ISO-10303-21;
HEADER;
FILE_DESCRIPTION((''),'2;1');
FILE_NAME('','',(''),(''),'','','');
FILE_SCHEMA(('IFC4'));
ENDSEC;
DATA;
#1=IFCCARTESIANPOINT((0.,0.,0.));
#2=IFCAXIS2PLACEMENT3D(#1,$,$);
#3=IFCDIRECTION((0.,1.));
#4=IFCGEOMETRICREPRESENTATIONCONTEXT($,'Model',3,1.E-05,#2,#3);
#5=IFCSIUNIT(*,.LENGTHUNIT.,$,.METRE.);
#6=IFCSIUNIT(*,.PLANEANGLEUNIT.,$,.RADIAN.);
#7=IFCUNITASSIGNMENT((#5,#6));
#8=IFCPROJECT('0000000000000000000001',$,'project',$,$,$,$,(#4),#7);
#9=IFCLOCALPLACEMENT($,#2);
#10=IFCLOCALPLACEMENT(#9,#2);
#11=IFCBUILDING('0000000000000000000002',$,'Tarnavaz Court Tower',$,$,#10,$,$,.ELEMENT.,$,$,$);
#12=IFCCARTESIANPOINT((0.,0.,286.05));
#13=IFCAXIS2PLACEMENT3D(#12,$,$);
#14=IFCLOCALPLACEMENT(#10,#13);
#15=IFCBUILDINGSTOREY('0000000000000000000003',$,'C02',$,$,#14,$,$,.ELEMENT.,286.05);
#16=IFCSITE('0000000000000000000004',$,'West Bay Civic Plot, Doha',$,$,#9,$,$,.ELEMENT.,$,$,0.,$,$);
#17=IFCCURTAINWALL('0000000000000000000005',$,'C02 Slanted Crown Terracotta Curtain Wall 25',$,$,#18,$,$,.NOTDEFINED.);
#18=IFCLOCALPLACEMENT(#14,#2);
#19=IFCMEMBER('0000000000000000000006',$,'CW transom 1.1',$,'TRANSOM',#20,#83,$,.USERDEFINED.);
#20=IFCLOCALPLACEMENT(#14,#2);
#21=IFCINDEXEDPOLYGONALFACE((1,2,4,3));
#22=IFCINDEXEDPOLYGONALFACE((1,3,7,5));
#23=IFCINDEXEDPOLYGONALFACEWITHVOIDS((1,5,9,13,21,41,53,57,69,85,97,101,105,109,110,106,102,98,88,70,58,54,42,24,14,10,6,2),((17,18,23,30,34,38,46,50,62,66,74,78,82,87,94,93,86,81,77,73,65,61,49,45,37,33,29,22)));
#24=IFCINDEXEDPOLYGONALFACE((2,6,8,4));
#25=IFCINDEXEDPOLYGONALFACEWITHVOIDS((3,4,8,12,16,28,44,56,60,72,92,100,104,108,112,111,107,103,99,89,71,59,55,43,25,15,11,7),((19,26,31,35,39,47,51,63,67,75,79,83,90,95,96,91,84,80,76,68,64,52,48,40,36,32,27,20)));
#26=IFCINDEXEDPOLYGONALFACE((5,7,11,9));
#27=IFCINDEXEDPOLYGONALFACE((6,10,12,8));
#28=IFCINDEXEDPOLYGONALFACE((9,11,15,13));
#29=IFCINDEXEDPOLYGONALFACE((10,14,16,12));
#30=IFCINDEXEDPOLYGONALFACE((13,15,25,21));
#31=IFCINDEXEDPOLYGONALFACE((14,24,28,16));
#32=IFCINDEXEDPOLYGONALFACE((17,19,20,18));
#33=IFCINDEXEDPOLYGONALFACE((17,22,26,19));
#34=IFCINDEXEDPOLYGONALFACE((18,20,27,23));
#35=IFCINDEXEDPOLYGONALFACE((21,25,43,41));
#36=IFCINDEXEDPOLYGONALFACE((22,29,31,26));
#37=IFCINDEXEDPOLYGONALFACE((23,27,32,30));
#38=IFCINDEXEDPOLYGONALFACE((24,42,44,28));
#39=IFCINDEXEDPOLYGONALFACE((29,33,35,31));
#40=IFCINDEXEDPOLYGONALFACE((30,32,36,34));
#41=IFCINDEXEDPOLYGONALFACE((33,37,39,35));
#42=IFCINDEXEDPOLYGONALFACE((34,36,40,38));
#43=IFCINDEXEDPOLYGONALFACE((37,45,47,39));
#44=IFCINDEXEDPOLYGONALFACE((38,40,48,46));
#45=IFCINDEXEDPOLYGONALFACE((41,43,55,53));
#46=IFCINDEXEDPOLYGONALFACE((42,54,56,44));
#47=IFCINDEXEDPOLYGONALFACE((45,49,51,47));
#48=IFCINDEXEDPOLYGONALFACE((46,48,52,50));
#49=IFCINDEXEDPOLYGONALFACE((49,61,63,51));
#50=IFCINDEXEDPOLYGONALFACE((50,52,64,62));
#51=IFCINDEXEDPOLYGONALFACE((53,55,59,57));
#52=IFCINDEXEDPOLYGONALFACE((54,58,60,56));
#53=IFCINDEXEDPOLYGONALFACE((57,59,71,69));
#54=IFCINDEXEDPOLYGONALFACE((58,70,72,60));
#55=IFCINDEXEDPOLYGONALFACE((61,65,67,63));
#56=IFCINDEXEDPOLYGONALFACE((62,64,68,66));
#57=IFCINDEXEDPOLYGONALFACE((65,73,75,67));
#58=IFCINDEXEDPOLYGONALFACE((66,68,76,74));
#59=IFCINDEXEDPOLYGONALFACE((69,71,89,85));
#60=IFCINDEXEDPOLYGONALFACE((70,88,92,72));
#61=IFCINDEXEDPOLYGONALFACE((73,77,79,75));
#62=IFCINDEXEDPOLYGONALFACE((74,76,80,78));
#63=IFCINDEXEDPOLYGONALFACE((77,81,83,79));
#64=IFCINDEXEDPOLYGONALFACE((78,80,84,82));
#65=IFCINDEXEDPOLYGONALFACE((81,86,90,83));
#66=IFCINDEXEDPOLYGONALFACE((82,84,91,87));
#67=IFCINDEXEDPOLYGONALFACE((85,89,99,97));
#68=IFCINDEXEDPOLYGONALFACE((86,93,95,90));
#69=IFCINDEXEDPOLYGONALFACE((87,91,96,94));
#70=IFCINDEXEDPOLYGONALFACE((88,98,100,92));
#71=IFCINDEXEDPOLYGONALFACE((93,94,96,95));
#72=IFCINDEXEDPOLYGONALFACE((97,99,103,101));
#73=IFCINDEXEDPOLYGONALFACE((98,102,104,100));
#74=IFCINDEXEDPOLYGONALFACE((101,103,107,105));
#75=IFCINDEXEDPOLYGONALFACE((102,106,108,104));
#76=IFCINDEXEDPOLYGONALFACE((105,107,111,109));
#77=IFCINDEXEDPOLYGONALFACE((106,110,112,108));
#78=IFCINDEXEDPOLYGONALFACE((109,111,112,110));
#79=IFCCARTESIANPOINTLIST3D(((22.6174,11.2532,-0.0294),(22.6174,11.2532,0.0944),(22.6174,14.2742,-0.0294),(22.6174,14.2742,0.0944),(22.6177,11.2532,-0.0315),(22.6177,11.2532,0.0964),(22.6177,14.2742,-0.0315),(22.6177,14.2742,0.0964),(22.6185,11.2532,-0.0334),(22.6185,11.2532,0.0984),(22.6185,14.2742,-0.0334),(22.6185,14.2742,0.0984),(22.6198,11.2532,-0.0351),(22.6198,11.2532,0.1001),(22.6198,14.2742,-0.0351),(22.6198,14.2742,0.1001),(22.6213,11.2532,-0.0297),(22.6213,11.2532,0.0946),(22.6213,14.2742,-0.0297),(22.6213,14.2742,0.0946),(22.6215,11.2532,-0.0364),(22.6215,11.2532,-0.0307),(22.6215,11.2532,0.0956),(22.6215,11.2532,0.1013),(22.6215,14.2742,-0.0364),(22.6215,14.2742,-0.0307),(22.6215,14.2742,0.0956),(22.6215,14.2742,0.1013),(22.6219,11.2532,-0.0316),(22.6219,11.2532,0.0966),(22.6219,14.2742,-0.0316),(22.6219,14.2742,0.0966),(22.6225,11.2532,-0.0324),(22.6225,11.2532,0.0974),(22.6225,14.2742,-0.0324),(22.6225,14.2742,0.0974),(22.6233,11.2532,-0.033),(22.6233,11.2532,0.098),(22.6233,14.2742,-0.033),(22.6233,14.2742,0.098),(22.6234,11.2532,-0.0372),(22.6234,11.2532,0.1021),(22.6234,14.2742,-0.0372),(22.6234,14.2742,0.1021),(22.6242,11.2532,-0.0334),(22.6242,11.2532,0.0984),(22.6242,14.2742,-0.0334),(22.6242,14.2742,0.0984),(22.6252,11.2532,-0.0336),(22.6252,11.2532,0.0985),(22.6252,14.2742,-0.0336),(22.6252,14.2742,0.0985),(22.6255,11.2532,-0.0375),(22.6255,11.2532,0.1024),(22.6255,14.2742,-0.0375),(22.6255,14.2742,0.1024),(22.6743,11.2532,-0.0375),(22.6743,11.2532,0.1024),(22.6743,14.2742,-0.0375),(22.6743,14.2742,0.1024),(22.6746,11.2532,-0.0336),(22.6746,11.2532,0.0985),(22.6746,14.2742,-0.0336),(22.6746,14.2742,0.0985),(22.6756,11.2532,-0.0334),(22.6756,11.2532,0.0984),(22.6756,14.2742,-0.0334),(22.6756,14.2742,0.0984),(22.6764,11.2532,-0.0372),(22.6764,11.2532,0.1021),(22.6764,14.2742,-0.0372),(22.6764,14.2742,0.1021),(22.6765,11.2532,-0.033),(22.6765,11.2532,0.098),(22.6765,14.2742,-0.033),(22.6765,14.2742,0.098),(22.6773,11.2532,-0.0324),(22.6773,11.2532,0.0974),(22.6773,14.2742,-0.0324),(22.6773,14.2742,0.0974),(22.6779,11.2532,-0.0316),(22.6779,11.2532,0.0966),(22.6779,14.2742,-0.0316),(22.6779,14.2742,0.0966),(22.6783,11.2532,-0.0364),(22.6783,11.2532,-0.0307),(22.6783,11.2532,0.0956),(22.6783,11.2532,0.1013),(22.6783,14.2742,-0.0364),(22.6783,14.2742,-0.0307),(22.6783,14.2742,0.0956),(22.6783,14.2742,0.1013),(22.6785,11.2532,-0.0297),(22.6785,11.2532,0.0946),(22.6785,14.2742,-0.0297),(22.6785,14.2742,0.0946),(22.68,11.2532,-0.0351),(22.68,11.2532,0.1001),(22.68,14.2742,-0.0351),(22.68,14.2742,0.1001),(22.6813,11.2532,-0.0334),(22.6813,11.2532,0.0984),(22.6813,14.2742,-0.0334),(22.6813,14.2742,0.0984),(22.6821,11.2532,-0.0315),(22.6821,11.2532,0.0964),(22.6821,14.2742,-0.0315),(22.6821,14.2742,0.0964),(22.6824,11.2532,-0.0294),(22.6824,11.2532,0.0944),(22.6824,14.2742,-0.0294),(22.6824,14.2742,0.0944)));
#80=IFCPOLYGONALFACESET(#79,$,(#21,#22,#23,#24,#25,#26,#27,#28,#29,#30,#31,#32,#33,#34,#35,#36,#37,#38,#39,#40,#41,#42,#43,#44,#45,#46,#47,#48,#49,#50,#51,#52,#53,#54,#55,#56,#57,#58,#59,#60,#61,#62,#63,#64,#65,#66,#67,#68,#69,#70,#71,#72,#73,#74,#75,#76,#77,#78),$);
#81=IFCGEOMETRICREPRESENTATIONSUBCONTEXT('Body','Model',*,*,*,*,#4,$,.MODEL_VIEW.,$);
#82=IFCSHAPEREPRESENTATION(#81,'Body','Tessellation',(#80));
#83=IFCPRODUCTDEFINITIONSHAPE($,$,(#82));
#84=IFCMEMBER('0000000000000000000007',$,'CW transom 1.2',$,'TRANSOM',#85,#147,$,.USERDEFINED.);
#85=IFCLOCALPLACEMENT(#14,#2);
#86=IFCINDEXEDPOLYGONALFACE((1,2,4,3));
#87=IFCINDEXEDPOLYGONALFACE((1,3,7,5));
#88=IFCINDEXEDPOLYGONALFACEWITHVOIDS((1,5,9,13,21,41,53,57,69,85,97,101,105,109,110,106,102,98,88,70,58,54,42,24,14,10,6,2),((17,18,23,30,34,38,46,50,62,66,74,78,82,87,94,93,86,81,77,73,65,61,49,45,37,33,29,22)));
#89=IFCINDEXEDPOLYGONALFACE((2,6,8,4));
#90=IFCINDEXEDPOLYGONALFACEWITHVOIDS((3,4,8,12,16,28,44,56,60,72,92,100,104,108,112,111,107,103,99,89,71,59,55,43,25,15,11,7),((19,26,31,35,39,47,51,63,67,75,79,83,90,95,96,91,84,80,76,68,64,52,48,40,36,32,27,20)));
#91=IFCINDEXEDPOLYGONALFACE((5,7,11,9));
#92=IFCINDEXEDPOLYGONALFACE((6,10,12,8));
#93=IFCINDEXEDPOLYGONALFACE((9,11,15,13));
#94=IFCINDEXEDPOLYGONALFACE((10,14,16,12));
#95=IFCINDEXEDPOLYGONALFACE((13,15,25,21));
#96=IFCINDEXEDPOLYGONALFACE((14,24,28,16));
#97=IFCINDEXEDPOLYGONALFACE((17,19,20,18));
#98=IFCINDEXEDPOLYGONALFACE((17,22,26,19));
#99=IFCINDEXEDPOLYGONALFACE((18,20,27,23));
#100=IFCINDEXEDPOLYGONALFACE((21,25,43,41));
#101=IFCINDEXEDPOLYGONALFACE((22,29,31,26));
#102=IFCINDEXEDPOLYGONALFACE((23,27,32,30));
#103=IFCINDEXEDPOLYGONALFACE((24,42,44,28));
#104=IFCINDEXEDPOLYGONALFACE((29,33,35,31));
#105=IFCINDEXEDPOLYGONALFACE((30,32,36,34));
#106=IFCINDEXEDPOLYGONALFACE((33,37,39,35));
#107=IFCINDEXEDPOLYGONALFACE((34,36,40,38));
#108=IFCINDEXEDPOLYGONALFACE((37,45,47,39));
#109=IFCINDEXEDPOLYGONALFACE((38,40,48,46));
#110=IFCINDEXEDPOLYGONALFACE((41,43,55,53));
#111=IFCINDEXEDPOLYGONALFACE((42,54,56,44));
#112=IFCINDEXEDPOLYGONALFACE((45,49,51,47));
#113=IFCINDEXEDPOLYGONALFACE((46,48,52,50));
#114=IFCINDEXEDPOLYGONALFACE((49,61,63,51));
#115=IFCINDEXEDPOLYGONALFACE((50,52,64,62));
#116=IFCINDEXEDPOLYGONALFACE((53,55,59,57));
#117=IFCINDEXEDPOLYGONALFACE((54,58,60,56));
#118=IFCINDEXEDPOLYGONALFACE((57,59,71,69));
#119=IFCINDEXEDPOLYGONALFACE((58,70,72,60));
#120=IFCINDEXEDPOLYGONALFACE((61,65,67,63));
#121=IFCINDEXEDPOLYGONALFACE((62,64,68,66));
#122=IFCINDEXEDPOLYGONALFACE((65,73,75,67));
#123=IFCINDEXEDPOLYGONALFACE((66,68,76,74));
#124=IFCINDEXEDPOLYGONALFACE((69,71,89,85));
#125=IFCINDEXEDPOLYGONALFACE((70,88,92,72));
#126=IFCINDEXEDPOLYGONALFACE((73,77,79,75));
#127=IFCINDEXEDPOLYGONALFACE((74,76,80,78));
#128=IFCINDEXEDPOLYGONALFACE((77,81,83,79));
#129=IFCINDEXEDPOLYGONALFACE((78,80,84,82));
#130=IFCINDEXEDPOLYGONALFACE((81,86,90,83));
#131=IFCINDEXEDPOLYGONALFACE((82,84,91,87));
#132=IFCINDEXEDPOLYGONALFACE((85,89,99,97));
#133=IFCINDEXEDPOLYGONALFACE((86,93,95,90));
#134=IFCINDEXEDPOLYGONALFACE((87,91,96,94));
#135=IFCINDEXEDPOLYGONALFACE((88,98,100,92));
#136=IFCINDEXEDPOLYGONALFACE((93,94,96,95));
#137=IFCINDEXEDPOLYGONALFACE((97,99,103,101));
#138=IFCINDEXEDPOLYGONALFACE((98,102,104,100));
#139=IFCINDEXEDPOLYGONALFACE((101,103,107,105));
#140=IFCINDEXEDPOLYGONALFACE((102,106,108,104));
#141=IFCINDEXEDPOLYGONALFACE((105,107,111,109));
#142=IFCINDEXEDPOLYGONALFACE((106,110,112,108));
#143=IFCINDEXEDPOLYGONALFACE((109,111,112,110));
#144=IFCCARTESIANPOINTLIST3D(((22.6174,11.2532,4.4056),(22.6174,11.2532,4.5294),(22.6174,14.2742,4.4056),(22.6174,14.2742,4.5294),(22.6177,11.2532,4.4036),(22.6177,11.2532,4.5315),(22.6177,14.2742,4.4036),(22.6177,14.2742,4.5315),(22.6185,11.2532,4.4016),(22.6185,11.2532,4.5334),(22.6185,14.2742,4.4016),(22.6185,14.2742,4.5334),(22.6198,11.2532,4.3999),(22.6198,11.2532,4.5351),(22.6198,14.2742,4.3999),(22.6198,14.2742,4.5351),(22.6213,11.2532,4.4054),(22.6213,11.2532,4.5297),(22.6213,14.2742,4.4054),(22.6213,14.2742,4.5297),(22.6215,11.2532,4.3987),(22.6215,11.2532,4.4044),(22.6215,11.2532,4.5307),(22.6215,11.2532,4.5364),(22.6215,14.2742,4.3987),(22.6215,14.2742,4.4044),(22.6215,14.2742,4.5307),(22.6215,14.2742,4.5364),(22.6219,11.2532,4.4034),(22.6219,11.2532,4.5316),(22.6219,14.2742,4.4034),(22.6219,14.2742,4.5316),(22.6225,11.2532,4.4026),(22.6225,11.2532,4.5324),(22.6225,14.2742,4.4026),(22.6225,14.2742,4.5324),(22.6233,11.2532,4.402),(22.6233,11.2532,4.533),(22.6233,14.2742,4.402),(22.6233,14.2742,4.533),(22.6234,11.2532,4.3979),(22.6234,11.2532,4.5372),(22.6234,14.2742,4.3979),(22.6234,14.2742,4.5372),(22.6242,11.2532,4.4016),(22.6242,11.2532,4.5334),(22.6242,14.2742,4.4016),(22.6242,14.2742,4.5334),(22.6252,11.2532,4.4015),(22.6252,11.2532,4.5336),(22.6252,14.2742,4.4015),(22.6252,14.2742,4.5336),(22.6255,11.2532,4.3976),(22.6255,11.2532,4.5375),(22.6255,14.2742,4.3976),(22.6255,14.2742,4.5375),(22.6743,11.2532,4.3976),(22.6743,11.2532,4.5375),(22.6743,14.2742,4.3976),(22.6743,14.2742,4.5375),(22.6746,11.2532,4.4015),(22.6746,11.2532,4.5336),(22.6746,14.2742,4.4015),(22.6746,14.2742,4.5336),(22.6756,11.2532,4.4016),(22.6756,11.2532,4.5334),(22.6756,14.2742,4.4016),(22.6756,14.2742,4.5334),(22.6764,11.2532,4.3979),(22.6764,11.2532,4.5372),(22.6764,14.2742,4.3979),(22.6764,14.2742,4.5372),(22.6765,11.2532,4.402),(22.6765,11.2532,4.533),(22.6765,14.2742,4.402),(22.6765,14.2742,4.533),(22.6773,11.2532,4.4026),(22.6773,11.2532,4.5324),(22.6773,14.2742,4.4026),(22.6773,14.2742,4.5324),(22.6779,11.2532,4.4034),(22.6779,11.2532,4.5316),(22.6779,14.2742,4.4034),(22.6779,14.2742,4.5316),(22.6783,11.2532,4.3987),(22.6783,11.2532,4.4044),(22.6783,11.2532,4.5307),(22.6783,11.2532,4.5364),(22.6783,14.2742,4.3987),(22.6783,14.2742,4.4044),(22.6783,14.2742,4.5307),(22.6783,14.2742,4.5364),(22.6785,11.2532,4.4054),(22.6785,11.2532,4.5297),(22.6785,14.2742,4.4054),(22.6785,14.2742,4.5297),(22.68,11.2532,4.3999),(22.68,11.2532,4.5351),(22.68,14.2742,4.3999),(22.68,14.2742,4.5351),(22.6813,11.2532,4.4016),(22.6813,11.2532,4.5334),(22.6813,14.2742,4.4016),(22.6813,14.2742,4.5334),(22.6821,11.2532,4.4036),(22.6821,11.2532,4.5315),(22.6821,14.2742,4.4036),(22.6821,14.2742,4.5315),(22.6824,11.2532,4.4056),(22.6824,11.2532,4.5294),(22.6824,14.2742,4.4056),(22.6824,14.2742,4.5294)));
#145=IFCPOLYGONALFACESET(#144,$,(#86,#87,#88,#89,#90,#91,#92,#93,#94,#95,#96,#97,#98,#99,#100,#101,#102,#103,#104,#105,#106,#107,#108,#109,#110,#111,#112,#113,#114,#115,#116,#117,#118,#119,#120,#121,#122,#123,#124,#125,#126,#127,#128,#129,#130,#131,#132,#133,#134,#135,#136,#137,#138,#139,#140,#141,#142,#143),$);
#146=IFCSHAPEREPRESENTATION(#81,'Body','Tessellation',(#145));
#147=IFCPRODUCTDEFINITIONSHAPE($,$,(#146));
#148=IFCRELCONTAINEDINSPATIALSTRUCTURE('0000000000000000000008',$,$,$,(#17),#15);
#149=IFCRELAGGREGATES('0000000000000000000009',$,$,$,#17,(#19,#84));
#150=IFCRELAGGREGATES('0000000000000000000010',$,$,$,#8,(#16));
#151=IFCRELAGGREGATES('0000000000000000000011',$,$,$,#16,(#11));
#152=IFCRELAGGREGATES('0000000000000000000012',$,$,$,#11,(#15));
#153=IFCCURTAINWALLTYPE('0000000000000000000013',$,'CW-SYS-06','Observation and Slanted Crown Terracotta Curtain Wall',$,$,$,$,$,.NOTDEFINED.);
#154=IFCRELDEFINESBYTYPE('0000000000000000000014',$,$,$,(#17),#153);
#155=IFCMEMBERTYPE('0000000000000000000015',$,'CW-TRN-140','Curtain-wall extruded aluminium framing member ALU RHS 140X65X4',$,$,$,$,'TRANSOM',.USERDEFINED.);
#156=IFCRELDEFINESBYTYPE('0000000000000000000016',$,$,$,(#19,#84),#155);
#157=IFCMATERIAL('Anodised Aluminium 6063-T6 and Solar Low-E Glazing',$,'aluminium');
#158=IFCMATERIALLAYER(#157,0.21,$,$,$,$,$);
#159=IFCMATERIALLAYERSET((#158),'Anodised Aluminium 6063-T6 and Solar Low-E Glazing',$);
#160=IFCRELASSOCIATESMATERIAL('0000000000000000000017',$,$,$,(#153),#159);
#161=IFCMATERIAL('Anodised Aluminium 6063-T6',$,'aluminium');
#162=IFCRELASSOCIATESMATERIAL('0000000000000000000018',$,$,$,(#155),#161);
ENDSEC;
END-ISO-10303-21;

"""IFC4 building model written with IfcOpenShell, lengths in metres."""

from ifc_helpers import new_model, si_unit, direction, frame, origin, origin_2d, place, context, subcontext, project, spatial, hollow_rectangle, extrude, material, layer, layer_set, material_profile, profile_set, type_object, element, aggregate, save


model = new_model("IFC4")

# Units and contexts
model_context = context("Model", 3, precision=1e-05, world=origin(), true_north=direction((0.0, 1.0)))
body_context = subcontext(model_context, "Body", "Model", "MODEL_VIEW")
ifc_project = project(units=[si_unit("LENGTHUNIT", "METRE"), si_unit("PLANEANGLEUNIT", "RADIAN")], contexts=[model_context])

# Site, building, storey
site_placement = place(None, origin())
site = spatial("IfcSite", under=ifc_project, at=site_placement, Name="West Bay Civic Plot, Doha", CompositionType="ELEMENT", RefElevation=0.0)
building_placement = place(site_placement, origin())
building = spatial("IfcBuilding", under=site, at=building_placement, Name="Tarnavaz Court Tower", CompositionType="ELEMENT")
storey_placement = place(building_placement, frame((0.0, 0.0, 286.05)))
storey = spatial("IfcBuildingStorey", under=building, at=storey_placement, Name="C02", CompositionType="ELEMENT", Elevation=286.05)

# Shared definitions
ifc_material_1 = material(Name="Anodised Aluminium 6063-T6 and Solar Low-E Glazing", Category="aluminium")
ifc_layer_1 = layer(ifc_material_1, 0.21)
ifc_layer_set_1 = layer_set([ifc_layer_1], Name="Anodised Aluminium 6063-T6 and Solar Low-E Glazing")
curtain_wall_type = type_object("IfcCurtainWallType", Name="CW-SYS-06", Description="Observation and Slanted Crown Terracotta Curtain Wall", PredefinedType="NOTDEFINED", material=ifc_layer_set_1)
ifc_material_2 = material(Name="Anodised Aluminium 6063-T6", Category="aluminium")

# Curtain wall
curtain_wall_1_placement = place(storey_placement, origin())
curtain_wall_1 = element("IfcCurtainWall", 1, at=curtain_wall_1_placement, inside=storey, type_object=curtain_wall_type, Name="C02 Slanted Crown Terracotta Curtain Wall 25", PredefinedType="NOTDEFINED")

# Members
ifc_material_profile_1 = material_profile(ifc_material_2, hollow_rectangle(XDim=0.0649, YDim=0.1399, WallThickness=0.0039, InnerFilletRadius=0.0039, OuterFilletRadius=0.0081, at=origin_2d()), Name="ALU RHS 140X65X4")
ifc_profile_set_1 = profile_set([ifc_material_profile_1], Name="Anodised Aluminium 6063-T6")
member_type_1 = type_object("IfcMemberType", Name="CW-TRN-140", Description="Curtain-wall extruded aluminium framing member ALU RHS 140X65X4", ElementType="TRANSOM", PredefinedType="USERDEFINED", material=ifc_profile_set_1)
member_1_placement = place(storey_placement, frame((22.6499, 14.2742, 0.0325), z_axis=(0.0, -1.0, 0.0), x_axis=(1.0, 0.0, 0.0)))
member_1 = element("IfcMember", 2, at=member_1_placement, type_object=member_type_1, Name="CW transom 1.1", ObjectType="TRANSOM", PredefinedType="USERDEFINED", context=body_context, shape_type="SweptSolid", body=[
    extrude(hollow_rectangle(XDim=0.0649, YDim=0.1399, WallThickness=0.0039, InnerFilletRadius=0.0039, OuterFilletRadius=0.0081, at=origin_2d()), origin(), (0.0, 0.0, 1.0), 3.021),
])
member_2_placement = place(storey_placement, frame((22.6499, 14.2742, 4.4675), z_axis=(0.0, -1.0, 0.0), x_axis=(1.0, 0.0, 0.0)))
member_2 = element("IfcMember", 3, at=member_2_placement, type_object=member_type_1, Name="CW transom 1.2", ObjectType="TRANSOM", PredefinedType="USERDEFINED", context=body_context, shape_type="SweptSolid", body=[
    extrude(hollow_rectangle(XDim=0.0649, YDim=0.1399, WallThickness=0.0039, InnerFilletRadius=0.0039, OuterFilletRadius=0.0081, at=origin_2d()), origin(), (0.0, 0.0, 1.0), 3.021),
])

aggregate(curtain_wall_1, [member_1, member_2])

save(model, "model.ifc")
